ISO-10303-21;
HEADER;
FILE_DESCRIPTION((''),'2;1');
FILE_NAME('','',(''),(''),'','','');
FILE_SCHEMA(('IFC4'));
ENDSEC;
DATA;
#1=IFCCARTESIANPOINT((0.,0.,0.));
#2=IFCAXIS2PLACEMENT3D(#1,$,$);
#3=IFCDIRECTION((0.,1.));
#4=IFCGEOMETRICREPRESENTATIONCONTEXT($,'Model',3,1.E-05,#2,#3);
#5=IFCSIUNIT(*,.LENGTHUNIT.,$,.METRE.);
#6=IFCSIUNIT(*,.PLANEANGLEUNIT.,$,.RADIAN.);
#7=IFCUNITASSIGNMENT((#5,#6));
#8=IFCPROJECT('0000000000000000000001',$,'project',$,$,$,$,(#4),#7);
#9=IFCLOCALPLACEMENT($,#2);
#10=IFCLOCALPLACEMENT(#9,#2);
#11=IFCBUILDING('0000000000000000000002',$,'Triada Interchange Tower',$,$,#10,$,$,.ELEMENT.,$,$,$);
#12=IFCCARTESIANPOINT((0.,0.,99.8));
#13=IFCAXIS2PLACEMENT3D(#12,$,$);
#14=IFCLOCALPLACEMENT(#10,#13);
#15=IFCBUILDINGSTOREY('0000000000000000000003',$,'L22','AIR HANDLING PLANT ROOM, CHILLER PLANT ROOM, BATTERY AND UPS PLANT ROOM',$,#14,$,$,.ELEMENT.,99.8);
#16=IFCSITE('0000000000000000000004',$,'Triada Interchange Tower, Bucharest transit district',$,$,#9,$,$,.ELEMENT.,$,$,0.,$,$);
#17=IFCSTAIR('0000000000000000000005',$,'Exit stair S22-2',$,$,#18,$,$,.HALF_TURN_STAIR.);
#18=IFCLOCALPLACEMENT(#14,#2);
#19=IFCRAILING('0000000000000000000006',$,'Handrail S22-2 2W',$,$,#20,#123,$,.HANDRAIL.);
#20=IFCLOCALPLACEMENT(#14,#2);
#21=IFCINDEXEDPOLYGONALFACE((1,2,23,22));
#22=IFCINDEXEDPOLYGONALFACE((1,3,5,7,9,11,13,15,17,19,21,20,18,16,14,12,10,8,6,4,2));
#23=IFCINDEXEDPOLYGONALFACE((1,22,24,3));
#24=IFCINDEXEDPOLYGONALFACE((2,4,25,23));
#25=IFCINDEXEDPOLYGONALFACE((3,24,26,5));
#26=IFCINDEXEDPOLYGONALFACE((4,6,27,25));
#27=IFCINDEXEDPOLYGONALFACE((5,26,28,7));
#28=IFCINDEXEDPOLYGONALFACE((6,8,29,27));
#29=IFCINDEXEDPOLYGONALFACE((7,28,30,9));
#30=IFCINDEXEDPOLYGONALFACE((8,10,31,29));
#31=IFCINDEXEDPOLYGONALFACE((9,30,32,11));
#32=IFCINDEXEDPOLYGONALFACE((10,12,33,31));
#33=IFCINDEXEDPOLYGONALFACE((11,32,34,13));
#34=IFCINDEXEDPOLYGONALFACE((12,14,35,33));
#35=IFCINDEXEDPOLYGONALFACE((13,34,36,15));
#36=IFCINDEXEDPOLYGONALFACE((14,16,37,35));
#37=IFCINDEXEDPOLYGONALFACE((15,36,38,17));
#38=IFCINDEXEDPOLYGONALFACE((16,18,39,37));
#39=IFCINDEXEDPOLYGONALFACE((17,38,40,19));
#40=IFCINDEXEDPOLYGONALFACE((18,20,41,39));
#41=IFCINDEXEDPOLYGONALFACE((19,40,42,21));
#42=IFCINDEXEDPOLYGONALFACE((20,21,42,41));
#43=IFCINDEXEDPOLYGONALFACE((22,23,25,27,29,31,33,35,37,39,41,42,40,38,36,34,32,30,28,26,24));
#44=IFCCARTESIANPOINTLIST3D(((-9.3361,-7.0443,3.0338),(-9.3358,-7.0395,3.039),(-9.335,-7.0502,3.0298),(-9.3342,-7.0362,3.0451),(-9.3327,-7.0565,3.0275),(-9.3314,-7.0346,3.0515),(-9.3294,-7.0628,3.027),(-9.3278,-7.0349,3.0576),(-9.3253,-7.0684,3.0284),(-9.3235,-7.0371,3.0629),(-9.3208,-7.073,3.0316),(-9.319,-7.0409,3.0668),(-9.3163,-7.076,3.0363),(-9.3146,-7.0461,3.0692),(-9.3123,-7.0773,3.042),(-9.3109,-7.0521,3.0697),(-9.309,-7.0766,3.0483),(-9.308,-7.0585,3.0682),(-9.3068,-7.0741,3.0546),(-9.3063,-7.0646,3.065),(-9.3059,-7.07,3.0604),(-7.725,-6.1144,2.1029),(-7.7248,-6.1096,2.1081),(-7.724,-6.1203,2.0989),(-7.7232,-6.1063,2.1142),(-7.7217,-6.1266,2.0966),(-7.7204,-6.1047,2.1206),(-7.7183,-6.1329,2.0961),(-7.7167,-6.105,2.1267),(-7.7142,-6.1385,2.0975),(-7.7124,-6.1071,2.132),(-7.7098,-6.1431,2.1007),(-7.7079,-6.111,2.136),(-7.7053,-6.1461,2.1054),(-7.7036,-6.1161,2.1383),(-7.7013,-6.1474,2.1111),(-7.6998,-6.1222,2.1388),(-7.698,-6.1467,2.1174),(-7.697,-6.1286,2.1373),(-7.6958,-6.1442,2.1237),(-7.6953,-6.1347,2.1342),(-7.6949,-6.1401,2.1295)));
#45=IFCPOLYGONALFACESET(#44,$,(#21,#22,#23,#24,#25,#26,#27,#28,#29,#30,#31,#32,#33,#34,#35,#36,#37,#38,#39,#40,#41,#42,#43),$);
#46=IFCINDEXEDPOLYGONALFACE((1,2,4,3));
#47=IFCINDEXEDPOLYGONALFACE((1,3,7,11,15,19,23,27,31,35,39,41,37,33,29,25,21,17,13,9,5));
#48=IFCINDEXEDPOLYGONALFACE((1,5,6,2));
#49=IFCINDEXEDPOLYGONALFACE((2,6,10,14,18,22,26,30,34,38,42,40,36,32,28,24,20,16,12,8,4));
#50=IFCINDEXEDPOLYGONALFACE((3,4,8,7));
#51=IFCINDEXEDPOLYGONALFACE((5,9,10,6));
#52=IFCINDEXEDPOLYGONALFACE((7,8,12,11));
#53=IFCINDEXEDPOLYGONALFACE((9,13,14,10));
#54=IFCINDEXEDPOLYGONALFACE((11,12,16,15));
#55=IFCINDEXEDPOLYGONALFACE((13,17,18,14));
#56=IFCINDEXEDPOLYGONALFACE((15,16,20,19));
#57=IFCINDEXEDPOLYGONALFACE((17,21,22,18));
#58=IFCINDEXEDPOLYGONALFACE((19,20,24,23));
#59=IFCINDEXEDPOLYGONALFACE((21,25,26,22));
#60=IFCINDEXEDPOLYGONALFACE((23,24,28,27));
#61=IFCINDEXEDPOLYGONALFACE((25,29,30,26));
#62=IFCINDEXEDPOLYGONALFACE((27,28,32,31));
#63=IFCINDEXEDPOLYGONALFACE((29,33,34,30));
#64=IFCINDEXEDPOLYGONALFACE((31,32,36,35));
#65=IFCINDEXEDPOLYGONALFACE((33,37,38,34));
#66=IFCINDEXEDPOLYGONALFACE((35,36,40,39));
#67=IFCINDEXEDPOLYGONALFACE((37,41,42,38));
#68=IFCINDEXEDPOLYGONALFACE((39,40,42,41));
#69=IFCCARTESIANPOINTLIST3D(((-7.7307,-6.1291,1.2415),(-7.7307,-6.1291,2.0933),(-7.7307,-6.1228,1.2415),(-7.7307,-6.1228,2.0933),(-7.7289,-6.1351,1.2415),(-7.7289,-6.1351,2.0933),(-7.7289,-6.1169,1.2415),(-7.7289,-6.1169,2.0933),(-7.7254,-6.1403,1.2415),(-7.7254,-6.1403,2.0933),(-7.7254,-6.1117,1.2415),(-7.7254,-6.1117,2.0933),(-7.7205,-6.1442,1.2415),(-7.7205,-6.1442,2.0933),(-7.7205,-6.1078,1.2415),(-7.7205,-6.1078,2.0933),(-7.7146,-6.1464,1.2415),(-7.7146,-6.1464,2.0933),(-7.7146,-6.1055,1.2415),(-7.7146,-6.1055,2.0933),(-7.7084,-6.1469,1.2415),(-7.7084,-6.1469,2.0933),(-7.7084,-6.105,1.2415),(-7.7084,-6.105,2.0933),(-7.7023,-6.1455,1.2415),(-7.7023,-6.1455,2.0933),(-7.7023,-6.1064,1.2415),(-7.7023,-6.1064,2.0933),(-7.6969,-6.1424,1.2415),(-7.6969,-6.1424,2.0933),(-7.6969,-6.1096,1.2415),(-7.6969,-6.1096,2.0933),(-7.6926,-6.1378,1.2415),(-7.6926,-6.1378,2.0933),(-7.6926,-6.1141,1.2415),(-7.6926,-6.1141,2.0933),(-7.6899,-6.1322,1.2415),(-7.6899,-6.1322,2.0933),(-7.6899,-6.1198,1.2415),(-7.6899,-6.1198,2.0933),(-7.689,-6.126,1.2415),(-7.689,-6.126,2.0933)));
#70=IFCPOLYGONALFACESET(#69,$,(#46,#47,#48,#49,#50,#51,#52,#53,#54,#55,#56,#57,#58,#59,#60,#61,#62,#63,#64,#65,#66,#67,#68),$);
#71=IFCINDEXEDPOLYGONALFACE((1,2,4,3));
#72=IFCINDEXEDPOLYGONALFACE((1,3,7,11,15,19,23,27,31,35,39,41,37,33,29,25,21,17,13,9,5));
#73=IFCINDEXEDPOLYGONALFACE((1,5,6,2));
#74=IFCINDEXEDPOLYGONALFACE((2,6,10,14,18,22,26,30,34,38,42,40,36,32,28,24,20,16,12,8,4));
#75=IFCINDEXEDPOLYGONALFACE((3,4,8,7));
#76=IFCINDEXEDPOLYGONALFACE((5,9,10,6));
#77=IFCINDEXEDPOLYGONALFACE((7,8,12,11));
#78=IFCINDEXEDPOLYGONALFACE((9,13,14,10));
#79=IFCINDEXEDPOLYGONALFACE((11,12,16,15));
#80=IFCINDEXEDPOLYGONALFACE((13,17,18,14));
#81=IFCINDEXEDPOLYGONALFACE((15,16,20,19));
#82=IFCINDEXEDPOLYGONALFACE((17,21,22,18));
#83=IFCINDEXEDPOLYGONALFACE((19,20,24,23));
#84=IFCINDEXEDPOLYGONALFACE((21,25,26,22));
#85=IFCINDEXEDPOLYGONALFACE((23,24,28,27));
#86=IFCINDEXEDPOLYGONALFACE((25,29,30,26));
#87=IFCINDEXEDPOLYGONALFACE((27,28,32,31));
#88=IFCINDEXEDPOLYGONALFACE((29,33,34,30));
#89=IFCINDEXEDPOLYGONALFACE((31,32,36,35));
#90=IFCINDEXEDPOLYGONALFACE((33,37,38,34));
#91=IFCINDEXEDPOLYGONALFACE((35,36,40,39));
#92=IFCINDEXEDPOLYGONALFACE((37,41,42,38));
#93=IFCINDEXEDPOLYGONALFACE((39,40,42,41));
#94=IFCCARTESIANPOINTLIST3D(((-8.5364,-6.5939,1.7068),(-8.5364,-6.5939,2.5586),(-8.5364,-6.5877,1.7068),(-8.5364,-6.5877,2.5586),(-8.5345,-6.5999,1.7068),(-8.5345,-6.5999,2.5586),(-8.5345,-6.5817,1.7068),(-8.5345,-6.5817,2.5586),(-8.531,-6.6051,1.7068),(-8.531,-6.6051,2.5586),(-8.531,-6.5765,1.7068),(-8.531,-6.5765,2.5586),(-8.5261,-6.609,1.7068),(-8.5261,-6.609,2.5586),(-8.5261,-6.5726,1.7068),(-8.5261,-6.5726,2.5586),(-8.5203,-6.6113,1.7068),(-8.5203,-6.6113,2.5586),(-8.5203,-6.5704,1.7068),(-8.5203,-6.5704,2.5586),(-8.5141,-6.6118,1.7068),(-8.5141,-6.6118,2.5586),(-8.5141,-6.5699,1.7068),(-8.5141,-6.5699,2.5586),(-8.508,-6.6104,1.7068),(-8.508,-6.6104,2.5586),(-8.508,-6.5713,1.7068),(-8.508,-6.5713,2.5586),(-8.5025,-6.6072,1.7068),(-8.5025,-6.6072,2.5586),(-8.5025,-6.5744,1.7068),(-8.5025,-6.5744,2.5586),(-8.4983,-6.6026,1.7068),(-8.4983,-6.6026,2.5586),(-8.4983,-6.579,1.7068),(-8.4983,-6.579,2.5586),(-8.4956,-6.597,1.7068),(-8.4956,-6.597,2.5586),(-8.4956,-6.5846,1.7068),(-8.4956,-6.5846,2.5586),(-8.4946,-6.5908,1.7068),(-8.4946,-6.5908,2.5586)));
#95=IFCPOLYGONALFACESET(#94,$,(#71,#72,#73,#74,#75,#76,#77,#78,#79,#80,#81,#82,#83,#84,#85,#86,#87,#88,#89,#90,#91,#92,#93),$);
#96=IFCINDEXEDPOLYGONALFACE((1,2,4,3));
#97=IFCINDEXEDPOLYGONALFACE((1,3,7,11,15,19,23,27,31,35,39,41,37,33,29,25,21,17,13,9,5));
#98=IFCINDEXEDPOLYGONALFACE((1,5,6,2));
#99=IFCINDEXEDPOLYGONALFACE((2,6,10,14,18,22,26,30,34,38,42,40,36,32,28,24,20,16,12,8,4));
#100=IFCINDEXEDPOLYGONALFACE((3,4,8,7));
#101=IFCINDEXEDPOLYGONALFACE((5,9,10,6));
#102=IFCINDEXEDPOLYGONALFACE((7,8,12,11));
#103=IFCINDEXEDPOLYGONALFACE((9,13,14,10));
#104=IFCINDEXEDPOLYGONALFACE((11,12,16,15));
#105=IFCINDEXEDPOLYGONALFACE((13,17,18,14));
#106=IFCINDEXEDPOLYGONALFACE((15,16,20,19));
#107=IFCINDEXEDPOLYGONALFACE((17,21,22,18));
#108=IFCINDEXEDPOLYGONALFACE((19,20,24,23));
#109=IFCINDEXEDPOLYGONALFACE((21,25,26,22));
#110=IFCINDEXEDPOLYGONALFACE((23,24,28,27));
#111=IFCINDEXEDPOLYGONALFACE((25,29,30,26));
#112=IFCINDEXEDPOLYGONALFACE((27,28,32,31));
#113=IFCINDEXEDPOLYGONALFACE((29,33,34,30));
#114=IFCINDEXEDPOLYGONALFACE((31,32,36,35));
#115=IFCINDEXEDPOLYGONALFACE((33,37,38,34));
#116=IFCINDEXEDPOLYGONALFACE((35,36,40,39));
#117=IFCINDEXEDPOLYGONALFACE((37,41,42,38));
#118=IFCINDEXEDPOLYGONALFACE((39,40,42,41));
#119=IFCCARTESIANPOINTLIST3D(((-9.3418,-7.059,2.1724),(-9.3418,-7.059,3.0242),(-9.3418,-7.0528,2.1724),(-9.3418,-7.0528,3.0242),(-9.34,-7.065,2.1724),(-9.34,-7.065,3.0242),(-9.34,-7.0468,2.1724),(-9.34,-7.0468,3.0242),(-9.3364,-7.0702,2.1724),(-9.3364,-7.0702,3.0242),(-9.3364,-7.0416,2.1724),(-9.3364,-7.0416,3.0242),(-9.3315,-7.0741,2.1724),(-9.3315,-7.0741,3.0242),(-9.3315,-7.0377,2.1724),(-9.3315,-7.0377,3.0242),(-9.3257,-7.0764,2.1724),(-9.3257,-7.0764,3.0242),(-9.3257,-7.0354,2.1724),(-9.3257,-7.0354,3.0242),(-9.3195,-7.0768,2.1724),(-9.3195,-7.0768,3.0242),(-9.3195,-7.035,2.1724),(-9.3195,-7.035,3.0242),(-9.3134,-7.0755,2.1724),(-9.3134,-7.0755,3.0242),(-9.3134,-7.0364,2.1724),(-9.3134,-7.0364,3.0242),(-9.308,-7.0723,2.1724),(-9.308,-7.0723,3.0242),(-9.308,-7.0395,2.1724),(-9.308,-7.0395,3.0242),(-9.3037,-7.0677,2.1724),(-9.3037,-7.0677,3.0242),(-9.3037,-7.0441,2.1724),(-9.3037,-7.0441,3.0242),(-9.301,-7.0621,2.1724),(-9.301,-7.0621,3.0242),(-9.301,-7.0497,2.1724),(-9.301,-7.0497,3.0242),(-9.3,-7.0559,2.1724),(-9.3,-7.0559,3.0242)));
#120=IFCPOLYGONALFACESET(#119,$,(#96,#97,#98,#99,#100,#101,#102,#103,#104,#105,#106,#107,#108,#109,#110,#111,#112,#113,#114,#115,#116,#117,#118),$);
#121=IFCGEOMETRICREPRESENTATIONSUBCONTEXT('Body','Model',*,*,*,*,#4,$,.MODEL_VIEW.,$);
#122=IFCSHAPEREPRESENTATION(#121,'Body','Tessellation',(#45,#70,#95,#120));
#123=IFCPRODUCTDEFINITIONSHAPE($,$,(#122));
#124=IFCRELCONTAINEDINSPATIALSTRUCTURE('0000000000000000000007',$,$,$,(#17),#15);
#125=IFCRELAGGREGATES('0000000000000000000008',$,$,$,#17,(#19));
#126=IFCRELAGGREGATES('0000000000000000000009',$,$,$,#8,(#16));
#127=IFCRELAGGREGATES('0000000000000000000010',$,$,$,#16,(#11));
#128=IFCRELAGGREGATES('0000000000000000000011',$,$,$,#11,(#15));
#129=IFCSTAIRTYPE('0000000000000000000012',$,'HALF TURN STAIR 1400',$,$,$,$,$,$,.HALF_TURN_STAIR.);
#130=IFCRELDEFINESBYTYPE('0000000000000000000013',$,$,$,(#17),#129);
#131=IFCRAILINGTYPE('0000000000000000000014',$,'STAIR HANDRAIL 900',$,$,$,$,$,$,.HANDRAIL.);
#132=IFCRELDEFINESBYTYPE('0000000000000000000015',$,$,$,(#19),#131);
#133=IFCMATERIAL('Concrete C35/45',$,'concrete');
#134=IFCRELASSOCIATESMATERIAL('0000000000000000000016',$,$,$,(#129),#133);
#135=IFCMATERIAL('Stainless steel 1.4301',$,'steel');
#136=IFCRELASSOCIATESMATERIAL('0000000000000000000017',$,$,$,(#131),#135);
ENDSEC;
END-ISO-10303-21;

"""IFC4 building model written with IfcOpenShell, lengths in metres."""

from ifc_helpers import new_model, si_unit, direction, frame, origin, origin_2d, place, context, subcontext, project, spatial, circle, extrude, material, type_object, element, aggregate, save


model = new_model("IFC4")

# Units and contexts
model_context = context("Model", 3, precision=1e-05, world=origin(), true_north=direction((0.0, 1.0)))
body_context = subcontext(model_context, "Body", "Model", "MODEL_VIEW")
ifc_project = project(units=[si_unit("LENGTHUNIT", "METRE"), si_unit("PLANEANGLEUNIT", "RADIAN")], contexts=[model_context])

# Site, building, storey
site_placement = place(None, origin())
site = spatial("IfcSite", under=ifc_project, at=site_placement, Name="Triada Interchange Tower, Bucharest transit district", CompositionType="ELEMENT", RefElevation=0.0)
building_placement = place(site_placement, origin())
building = spatial("IfcBuilding", under=site, at=building_placement, Name="Triada Interchange Tower", CompositionType="ELEMENT")
storey_placement = place(building_placement, frame((0.0, 0.0, 99.8)))
storey = spatial("IfcBuildingStorey", under=building, at=storey_placement, Name="L22", Description="AIR HANDLING PLANT ROOM, CHILLER PLANT ROOM, BATTERY AND UPS PLANT ROOM", CompositionType="ELEMENT", Elevation=99.8)

# Shared definitions
ifc_material_1 = material(Name="Concrete C35/45", Category="concrete")

# Stair, railing
stair_type = type_object("IfcStairType", Name="HALF TURN STAIR 1400", PredefinedType="HALF_TURN_STAIR", material=ifc_material_1)
stair_placement = place(storey_placement, origin())
stair = element("IfcStair", 1, at=stair_placement, inside=storey, type_object=stair_type, Name="Exit stair S22-2", PredefinedType="HALF_TURN_STAIR")
ifc_material_2 = material(Name="Stainless steel 1.4301", Category="steel")
railing_type_1 = type_object("IfcRailingType", Name="STAIR HANDRAIL 900", PredefinedType="HANDRAIL", material=ifc_material_2)
railing_1_placement = place(storey_placement, frame((-7.71, -6.126, 1.2415)))
railing_1 = element("IfcRailing", 2, at=railing_1_placement, type_object=railing_type_1, Name="Handrail S22-2 2W", PredefinedType="HANDRAIL", context=body_context, shape_type="SweptSolid", body=[
    extrude(circle(Radius=0.0239, at=origin_2d()), frame((0.0, 0.0, 0.876), z_axis=(-0.77451, -0.447054, 0.447523), x_axis=(0.499908, -0.866079, 0.0)), (0.0, 0.0, 1.0), 2.0801),
    extrude(circle(Radius=0.021, at=origin_2d()), origin(), (0.0, 0.0, 1.0), 0.8518),
    extrude(circle(Radius=0.021, at=origin_2d()), frame((-0.8057, -0.4648, 0.4653)), (0.0, 0.0, 1.0), 0.8518),
    extrude(circle(Radius=0.021, at=origin_2d()), frame((-1.6111, -0.9299, 0.9309)), (0.0, 0.0, 1.0), 0.8518),
])
aggregate(stair, [railing_1])

save(model, "model.ifc")
